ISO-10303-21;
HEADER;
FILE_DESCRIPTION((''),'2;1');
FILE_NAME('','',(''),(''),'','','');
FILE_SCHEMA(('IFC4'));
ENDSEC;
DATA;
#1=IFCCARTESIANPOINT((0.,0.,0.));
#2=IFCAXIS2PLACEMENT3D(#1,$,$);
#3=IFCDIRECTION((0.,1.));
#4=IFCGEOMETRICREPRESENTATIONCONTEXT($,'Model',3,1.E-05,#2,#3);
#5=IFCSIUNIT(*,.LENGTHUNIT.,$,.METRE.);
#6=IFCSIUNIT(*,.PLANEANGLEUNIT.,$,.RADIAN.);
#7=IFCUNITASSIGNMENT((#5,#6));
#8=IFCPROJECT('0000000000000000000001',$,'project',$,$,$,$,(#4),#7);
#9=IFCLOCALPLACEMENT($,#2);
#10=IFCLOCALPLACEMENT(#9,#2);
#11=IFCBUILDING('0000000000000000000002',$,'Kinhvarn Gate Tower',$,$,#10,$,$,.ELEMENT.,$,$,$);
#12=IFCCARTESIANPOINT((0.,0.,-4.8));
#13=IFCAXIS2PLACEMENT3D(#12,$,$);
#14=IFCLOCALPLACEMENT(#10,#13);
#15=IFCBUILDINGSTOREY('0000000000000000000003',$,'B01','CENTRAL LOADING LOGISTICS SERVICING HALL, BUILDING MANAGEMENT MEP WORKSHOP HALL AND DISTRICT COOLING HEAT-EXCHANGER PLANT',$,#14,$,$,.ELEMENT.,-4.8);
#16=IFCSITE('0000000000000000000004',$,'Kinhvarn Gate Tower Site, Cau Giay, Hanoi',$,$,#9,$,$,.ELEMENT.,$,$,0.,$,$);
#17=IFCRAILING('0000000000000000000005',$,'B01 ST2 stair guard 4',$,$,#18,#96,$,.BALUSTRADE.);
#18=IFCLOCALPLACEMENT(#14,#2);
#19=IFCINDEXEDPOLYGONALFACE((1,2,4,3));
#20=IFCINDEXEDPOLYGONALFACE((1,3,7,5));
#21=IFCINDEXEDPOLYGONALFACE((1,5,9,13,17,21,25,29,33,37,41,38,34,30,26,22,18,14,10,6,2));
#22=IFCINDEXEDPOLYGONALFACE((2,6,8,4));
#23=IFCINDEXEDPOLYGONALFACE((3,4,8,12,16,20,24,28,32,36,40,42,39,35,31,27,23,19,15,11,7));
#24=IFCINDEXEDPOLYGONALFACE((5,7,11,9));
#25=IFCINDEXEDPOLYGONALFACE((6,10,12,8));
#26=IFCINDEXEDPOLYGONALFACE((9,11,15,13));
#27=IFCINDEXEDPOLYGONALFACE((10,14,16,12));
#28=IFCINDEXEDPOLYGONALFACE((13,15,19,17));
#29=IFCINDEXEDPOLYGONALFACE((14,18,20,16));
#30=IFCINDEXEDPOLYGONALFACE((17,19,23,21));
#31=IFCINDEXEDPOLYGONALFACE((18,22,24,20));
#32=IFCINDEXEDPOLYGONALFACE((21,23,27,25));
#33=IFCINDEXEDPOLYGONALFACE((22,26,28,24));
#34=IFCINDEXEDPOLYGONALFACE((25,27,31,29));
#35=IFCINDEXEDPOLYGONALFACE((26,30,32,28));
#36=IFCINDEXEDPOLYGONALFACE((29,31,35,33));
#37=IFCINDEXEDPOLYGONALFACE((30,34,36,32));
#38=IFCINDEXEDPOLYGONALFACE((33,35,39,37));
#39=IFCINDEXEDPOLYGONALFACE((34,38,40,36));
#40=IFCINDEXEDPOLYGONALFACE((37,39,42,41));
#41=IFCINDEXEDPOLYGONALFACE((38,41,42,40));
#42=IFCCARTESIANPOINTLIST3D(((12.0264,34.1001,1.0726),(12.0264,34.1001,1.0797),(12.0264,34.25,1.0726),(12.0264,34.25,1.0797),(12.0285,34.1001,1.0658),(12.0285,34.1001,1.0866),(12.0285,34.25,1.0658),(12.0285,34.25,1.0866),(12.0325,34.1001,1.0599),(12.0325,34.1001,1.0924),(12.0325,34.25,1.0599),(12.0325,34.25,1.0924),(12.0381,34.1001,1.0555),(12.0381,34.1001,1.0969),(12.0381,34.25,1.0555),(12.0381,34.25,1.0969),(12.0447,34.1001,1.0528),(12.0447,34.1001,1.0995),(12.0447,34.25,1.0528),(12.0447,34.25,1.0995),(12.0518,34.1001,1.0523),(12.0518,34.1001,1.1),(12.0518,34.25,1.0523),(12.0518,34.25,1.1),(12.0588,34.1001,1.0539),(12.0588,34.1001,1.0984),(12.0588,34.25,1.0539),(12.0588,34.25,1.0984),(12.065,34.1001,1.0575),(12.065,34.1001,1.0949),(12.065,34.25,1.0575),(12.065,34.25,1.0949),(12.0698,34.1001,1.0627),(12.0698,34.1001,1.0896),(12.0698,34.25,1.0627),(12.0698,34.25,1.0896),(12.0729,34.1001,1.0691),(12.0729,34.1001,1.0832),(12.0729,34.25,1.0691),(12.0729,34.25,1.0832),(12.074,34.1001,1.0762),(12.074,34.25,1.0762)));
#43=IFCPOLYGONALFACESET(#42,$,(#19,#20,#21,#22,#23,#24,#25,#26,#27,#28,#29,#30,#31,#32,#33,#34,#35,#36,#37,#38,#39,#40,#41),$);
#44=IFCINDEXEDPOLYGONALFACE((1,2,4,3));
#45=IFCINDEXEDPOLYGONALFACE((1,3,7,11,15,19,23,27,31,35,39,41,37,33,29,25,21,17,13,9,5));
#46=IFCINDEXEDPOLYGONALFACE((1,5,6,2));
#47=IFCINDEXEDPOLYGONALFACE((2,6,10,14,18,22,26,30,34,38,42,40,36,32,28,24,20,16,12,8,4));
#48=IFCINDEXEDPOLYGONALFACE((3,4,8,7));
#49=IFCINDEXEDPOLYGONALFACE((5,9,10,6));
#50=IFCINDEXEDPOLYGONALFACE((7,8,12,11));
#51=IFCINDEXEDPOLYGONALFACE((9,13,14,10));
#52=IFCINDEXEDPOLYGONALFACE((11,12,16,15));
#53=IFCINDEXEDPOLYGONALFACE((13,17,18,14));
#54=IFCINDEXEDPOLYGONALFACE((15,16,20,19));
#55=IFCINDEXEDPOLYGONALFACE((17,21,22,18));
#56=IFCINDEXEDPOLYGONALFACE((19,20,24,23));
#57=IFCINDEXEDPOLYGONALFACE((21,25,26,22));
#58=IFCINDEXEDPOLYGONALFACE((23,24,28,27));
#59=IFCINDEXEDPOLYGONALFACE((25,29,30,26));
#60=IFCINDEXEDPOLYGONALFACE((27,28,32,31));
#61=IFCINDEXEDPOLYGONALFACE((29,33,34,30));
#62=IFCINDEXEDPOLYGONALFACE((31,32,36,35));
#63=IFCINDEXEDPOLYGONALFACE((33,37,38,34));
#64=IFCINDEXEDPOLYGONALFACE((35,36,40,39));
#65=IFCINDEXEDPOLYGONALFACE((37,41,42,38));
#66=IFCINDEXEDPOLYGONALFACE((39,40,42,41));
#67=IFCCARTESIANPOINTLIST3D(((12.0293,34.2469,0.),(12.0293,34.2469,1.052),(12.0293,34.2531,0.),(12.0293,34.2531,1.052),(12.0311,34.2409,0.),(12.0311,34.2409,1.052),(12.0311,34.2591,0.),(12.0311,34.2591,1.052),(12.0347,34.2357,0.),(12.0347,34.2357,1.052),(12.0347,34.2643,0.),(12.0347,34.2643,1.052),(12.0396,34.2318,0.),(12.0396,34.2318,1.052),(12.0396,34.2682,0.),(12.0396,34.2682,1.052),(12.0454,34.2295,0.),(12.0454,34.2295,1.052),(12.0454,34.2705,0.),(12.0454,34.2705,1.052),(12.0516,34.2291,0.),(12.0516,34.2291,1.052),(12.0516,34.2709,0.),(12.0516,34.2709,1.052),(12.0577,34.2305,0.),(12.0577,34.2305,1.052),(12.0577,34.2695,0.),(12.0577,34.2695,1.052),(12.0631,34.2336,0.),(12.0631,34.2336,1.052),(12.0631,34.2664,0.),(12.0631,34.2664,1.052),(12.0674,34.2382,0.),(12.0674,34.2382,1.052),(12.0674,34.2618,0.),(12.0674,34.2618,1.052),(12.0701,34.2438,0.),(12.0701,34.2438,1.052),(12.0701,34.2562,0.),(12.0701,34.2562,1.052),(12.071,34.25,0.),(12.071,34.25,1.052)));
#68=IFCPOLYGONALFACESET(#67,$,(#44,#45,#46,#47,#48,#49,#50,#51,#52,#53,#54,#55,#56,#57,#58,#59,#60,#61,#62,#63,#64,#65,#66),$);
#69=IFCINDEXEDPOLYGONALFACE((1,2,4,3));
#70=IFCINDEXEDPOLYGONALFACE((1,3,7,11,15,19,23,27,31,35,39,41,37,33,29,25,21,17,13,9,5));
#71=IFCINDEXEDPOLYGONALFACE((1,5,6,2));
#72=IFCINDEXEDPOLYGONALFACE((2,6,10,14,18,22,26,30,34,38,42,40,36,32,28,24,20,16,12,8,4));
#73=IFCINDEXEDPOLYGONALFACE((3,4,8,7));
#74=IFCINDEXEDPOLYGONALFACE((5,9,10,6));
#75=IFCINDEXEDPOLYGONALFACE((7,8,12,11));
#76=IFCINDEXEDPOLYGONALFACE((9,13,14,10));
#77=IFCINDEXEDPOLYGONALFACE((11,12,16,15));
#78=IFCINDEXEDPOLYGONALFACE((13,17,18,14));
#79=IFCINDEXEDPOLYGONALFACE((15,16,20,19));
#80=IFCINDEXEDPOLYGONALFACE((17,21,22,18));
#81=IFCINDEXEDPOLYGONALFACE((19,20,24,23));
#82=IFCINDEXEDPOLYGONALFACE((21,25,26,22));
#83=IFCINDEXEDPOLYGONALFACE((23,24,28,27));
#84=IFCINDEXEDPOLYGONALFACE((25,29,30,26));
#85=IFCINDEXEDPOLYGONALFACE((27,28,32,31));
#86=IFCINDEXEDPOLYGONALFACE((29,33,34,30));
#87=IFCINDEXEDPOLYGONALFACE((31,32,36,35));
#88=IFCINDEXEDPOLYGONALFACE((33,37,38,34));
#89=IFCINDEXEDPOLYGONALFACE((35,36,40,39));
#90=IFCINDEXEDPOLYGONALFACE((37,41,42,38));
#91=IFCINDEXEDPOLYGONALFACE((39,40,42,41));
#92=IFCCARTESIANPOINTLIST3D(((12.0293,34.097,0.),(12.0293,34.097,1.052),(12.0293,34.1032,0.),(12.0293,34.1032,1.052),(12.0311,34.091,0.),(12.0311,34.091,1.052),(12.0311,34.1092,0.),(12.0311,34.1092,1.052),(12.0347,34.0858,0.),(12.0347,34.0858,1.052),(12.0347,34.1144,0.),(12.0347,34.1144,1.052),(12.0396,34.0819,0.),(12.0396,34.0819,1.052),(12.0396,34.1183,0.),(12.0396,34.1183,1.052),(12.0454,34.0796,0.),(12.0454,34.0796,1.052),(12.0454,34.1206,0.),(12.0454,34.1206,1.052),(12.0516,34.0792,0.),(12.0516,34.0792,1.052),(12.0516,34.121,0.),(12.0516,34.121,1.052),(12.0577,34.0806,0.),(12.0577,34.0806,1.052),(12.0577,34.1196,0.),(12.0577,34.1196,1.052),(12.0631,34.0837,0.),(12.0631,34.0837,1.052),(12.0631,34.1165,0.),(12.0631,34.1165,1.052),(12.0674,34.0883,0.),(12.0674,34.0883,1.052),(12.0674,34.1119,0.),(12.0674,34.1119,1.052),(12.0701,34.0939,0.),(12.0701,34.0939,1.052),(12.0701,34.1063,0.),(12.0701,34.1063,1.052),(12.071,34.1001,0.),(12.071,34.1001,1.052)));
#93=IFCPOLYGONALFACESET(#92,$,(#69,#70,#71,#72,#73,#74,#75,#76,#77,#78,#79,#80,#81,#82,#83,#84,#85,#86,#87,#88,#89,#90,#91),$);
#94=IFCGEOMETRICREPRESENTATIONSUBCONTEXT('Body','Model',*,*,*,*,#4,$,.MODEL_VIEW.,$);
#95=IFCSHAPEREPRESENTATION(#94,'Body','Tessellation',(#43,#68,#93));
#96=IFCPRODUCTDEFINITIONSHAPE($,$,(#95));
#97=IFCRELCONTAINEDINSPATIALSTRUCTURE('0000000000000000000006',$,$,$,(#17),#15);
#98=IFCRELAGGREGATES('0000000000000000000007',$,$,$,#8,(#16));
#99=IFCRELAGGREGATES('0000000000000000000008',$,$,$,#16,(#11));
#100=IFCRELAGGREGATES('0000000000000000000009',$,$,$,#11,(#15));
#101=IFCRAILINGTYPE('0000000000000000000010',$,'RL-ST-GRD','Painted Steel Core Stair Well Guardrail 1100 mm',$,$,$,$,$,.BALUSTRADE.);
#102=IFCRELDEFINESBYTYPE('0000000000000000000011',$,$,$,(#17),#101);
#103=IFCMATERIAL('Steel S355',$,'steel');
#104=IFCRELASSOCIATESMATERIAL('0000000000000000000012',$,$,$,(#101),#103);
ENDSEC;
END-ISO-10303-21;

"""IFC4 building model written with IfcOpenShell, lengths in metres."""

from ifc_helpers import new_model, si_unit, direction, frame, origin, origin_2d, place, context, subcontext, project, spatial, circle, extrude, material, type_object, element, save


model = new_model("IFC4")

# Units and contexts
model_context = context("Model", 3, precision=1e-05, world=origin(), true_north=direction((0.0, 1.0)))
body_context = subcontext(model_context, "Body", "Model", "MODEL_VIEW")
ifc_project = project(units=[si_unit("LENGTHUNIT", "METRE"), si_unit("PLANEANGLEUNIT", "RADIAN")], contexts=[model_context])

# Site, building, storey
site_placement = place(None, origin())
site = spatial("IfcSite", under=ifc_project, at=site_placement, Name="Kinhvarn Gate Tower Site, Cau Giay, Hanoi", CompositionType="ELEMENT", RefElevation=0.0)
building_placement = place(site_placement, origin())
building = spatial("IfcBuilding", under=site, at=building_placement, Name="Kinhvarn Gate Tower", CompositionType="ELEMENT")
storey_placement = place(building_placement, frame((0.0, 0.0, -4.8)))
storey = spatial("IfcBuildingStorey", under=building, at=storey_placement, Name="B01", Description="CENTRAL LOADING LOGISTICS SERVICING HALL, BUILDING MANAGEMENT MEP WORKSHOP HALL AND DISTRICT COOLING HEAT-EXCHANGER PLANT", CompositionType="ELEMENT", Elevation=-4.8)

# Shared definitions
ifc_material_1 = material(Name="Steel S355", Category="steel")

# Railing
railing_type_1 = type_object("IfcRailingType", Name="RL-ST-GRD", Description="Painted Steel Core Stair Well Guardrail 1100 mm", PredefinedType="BALUSTRADE", material=ifc_material_1)
railing_1_placement = place(storey_placement, frame((12.05, 34.25, 0.0)))
element("IfcRailing", 1, at=railing_1_placement, inside=storey, type_object=railing_type_1, Name="B01 ST2 stair guard 4", PredefinedType="BALUSTRADE", context=body_context, shape_type="SweptSolid", body=[
    extrude(circle(Radius=0.0239, at=origin_2d()), frame((0.0, 0.0, 1.0762), z_axis=(0.0, -1.0, 0.0), x_axis=(1.0, 0.0, 0.0)), (0.0, 0.0, 1.0), 0.1499),
    extrude(circle(Radius=0.021, at=origin_2d()), origin(), (0.0, 0.0, 1.0), 1.052),
    extrude(circle(Radius=0.021, at=origin_2d()), frame((0.0, -0.1499, 0.0)), (0.0, 0.0, 1.0), 1.052),
])

save(model, "model.ifc")
